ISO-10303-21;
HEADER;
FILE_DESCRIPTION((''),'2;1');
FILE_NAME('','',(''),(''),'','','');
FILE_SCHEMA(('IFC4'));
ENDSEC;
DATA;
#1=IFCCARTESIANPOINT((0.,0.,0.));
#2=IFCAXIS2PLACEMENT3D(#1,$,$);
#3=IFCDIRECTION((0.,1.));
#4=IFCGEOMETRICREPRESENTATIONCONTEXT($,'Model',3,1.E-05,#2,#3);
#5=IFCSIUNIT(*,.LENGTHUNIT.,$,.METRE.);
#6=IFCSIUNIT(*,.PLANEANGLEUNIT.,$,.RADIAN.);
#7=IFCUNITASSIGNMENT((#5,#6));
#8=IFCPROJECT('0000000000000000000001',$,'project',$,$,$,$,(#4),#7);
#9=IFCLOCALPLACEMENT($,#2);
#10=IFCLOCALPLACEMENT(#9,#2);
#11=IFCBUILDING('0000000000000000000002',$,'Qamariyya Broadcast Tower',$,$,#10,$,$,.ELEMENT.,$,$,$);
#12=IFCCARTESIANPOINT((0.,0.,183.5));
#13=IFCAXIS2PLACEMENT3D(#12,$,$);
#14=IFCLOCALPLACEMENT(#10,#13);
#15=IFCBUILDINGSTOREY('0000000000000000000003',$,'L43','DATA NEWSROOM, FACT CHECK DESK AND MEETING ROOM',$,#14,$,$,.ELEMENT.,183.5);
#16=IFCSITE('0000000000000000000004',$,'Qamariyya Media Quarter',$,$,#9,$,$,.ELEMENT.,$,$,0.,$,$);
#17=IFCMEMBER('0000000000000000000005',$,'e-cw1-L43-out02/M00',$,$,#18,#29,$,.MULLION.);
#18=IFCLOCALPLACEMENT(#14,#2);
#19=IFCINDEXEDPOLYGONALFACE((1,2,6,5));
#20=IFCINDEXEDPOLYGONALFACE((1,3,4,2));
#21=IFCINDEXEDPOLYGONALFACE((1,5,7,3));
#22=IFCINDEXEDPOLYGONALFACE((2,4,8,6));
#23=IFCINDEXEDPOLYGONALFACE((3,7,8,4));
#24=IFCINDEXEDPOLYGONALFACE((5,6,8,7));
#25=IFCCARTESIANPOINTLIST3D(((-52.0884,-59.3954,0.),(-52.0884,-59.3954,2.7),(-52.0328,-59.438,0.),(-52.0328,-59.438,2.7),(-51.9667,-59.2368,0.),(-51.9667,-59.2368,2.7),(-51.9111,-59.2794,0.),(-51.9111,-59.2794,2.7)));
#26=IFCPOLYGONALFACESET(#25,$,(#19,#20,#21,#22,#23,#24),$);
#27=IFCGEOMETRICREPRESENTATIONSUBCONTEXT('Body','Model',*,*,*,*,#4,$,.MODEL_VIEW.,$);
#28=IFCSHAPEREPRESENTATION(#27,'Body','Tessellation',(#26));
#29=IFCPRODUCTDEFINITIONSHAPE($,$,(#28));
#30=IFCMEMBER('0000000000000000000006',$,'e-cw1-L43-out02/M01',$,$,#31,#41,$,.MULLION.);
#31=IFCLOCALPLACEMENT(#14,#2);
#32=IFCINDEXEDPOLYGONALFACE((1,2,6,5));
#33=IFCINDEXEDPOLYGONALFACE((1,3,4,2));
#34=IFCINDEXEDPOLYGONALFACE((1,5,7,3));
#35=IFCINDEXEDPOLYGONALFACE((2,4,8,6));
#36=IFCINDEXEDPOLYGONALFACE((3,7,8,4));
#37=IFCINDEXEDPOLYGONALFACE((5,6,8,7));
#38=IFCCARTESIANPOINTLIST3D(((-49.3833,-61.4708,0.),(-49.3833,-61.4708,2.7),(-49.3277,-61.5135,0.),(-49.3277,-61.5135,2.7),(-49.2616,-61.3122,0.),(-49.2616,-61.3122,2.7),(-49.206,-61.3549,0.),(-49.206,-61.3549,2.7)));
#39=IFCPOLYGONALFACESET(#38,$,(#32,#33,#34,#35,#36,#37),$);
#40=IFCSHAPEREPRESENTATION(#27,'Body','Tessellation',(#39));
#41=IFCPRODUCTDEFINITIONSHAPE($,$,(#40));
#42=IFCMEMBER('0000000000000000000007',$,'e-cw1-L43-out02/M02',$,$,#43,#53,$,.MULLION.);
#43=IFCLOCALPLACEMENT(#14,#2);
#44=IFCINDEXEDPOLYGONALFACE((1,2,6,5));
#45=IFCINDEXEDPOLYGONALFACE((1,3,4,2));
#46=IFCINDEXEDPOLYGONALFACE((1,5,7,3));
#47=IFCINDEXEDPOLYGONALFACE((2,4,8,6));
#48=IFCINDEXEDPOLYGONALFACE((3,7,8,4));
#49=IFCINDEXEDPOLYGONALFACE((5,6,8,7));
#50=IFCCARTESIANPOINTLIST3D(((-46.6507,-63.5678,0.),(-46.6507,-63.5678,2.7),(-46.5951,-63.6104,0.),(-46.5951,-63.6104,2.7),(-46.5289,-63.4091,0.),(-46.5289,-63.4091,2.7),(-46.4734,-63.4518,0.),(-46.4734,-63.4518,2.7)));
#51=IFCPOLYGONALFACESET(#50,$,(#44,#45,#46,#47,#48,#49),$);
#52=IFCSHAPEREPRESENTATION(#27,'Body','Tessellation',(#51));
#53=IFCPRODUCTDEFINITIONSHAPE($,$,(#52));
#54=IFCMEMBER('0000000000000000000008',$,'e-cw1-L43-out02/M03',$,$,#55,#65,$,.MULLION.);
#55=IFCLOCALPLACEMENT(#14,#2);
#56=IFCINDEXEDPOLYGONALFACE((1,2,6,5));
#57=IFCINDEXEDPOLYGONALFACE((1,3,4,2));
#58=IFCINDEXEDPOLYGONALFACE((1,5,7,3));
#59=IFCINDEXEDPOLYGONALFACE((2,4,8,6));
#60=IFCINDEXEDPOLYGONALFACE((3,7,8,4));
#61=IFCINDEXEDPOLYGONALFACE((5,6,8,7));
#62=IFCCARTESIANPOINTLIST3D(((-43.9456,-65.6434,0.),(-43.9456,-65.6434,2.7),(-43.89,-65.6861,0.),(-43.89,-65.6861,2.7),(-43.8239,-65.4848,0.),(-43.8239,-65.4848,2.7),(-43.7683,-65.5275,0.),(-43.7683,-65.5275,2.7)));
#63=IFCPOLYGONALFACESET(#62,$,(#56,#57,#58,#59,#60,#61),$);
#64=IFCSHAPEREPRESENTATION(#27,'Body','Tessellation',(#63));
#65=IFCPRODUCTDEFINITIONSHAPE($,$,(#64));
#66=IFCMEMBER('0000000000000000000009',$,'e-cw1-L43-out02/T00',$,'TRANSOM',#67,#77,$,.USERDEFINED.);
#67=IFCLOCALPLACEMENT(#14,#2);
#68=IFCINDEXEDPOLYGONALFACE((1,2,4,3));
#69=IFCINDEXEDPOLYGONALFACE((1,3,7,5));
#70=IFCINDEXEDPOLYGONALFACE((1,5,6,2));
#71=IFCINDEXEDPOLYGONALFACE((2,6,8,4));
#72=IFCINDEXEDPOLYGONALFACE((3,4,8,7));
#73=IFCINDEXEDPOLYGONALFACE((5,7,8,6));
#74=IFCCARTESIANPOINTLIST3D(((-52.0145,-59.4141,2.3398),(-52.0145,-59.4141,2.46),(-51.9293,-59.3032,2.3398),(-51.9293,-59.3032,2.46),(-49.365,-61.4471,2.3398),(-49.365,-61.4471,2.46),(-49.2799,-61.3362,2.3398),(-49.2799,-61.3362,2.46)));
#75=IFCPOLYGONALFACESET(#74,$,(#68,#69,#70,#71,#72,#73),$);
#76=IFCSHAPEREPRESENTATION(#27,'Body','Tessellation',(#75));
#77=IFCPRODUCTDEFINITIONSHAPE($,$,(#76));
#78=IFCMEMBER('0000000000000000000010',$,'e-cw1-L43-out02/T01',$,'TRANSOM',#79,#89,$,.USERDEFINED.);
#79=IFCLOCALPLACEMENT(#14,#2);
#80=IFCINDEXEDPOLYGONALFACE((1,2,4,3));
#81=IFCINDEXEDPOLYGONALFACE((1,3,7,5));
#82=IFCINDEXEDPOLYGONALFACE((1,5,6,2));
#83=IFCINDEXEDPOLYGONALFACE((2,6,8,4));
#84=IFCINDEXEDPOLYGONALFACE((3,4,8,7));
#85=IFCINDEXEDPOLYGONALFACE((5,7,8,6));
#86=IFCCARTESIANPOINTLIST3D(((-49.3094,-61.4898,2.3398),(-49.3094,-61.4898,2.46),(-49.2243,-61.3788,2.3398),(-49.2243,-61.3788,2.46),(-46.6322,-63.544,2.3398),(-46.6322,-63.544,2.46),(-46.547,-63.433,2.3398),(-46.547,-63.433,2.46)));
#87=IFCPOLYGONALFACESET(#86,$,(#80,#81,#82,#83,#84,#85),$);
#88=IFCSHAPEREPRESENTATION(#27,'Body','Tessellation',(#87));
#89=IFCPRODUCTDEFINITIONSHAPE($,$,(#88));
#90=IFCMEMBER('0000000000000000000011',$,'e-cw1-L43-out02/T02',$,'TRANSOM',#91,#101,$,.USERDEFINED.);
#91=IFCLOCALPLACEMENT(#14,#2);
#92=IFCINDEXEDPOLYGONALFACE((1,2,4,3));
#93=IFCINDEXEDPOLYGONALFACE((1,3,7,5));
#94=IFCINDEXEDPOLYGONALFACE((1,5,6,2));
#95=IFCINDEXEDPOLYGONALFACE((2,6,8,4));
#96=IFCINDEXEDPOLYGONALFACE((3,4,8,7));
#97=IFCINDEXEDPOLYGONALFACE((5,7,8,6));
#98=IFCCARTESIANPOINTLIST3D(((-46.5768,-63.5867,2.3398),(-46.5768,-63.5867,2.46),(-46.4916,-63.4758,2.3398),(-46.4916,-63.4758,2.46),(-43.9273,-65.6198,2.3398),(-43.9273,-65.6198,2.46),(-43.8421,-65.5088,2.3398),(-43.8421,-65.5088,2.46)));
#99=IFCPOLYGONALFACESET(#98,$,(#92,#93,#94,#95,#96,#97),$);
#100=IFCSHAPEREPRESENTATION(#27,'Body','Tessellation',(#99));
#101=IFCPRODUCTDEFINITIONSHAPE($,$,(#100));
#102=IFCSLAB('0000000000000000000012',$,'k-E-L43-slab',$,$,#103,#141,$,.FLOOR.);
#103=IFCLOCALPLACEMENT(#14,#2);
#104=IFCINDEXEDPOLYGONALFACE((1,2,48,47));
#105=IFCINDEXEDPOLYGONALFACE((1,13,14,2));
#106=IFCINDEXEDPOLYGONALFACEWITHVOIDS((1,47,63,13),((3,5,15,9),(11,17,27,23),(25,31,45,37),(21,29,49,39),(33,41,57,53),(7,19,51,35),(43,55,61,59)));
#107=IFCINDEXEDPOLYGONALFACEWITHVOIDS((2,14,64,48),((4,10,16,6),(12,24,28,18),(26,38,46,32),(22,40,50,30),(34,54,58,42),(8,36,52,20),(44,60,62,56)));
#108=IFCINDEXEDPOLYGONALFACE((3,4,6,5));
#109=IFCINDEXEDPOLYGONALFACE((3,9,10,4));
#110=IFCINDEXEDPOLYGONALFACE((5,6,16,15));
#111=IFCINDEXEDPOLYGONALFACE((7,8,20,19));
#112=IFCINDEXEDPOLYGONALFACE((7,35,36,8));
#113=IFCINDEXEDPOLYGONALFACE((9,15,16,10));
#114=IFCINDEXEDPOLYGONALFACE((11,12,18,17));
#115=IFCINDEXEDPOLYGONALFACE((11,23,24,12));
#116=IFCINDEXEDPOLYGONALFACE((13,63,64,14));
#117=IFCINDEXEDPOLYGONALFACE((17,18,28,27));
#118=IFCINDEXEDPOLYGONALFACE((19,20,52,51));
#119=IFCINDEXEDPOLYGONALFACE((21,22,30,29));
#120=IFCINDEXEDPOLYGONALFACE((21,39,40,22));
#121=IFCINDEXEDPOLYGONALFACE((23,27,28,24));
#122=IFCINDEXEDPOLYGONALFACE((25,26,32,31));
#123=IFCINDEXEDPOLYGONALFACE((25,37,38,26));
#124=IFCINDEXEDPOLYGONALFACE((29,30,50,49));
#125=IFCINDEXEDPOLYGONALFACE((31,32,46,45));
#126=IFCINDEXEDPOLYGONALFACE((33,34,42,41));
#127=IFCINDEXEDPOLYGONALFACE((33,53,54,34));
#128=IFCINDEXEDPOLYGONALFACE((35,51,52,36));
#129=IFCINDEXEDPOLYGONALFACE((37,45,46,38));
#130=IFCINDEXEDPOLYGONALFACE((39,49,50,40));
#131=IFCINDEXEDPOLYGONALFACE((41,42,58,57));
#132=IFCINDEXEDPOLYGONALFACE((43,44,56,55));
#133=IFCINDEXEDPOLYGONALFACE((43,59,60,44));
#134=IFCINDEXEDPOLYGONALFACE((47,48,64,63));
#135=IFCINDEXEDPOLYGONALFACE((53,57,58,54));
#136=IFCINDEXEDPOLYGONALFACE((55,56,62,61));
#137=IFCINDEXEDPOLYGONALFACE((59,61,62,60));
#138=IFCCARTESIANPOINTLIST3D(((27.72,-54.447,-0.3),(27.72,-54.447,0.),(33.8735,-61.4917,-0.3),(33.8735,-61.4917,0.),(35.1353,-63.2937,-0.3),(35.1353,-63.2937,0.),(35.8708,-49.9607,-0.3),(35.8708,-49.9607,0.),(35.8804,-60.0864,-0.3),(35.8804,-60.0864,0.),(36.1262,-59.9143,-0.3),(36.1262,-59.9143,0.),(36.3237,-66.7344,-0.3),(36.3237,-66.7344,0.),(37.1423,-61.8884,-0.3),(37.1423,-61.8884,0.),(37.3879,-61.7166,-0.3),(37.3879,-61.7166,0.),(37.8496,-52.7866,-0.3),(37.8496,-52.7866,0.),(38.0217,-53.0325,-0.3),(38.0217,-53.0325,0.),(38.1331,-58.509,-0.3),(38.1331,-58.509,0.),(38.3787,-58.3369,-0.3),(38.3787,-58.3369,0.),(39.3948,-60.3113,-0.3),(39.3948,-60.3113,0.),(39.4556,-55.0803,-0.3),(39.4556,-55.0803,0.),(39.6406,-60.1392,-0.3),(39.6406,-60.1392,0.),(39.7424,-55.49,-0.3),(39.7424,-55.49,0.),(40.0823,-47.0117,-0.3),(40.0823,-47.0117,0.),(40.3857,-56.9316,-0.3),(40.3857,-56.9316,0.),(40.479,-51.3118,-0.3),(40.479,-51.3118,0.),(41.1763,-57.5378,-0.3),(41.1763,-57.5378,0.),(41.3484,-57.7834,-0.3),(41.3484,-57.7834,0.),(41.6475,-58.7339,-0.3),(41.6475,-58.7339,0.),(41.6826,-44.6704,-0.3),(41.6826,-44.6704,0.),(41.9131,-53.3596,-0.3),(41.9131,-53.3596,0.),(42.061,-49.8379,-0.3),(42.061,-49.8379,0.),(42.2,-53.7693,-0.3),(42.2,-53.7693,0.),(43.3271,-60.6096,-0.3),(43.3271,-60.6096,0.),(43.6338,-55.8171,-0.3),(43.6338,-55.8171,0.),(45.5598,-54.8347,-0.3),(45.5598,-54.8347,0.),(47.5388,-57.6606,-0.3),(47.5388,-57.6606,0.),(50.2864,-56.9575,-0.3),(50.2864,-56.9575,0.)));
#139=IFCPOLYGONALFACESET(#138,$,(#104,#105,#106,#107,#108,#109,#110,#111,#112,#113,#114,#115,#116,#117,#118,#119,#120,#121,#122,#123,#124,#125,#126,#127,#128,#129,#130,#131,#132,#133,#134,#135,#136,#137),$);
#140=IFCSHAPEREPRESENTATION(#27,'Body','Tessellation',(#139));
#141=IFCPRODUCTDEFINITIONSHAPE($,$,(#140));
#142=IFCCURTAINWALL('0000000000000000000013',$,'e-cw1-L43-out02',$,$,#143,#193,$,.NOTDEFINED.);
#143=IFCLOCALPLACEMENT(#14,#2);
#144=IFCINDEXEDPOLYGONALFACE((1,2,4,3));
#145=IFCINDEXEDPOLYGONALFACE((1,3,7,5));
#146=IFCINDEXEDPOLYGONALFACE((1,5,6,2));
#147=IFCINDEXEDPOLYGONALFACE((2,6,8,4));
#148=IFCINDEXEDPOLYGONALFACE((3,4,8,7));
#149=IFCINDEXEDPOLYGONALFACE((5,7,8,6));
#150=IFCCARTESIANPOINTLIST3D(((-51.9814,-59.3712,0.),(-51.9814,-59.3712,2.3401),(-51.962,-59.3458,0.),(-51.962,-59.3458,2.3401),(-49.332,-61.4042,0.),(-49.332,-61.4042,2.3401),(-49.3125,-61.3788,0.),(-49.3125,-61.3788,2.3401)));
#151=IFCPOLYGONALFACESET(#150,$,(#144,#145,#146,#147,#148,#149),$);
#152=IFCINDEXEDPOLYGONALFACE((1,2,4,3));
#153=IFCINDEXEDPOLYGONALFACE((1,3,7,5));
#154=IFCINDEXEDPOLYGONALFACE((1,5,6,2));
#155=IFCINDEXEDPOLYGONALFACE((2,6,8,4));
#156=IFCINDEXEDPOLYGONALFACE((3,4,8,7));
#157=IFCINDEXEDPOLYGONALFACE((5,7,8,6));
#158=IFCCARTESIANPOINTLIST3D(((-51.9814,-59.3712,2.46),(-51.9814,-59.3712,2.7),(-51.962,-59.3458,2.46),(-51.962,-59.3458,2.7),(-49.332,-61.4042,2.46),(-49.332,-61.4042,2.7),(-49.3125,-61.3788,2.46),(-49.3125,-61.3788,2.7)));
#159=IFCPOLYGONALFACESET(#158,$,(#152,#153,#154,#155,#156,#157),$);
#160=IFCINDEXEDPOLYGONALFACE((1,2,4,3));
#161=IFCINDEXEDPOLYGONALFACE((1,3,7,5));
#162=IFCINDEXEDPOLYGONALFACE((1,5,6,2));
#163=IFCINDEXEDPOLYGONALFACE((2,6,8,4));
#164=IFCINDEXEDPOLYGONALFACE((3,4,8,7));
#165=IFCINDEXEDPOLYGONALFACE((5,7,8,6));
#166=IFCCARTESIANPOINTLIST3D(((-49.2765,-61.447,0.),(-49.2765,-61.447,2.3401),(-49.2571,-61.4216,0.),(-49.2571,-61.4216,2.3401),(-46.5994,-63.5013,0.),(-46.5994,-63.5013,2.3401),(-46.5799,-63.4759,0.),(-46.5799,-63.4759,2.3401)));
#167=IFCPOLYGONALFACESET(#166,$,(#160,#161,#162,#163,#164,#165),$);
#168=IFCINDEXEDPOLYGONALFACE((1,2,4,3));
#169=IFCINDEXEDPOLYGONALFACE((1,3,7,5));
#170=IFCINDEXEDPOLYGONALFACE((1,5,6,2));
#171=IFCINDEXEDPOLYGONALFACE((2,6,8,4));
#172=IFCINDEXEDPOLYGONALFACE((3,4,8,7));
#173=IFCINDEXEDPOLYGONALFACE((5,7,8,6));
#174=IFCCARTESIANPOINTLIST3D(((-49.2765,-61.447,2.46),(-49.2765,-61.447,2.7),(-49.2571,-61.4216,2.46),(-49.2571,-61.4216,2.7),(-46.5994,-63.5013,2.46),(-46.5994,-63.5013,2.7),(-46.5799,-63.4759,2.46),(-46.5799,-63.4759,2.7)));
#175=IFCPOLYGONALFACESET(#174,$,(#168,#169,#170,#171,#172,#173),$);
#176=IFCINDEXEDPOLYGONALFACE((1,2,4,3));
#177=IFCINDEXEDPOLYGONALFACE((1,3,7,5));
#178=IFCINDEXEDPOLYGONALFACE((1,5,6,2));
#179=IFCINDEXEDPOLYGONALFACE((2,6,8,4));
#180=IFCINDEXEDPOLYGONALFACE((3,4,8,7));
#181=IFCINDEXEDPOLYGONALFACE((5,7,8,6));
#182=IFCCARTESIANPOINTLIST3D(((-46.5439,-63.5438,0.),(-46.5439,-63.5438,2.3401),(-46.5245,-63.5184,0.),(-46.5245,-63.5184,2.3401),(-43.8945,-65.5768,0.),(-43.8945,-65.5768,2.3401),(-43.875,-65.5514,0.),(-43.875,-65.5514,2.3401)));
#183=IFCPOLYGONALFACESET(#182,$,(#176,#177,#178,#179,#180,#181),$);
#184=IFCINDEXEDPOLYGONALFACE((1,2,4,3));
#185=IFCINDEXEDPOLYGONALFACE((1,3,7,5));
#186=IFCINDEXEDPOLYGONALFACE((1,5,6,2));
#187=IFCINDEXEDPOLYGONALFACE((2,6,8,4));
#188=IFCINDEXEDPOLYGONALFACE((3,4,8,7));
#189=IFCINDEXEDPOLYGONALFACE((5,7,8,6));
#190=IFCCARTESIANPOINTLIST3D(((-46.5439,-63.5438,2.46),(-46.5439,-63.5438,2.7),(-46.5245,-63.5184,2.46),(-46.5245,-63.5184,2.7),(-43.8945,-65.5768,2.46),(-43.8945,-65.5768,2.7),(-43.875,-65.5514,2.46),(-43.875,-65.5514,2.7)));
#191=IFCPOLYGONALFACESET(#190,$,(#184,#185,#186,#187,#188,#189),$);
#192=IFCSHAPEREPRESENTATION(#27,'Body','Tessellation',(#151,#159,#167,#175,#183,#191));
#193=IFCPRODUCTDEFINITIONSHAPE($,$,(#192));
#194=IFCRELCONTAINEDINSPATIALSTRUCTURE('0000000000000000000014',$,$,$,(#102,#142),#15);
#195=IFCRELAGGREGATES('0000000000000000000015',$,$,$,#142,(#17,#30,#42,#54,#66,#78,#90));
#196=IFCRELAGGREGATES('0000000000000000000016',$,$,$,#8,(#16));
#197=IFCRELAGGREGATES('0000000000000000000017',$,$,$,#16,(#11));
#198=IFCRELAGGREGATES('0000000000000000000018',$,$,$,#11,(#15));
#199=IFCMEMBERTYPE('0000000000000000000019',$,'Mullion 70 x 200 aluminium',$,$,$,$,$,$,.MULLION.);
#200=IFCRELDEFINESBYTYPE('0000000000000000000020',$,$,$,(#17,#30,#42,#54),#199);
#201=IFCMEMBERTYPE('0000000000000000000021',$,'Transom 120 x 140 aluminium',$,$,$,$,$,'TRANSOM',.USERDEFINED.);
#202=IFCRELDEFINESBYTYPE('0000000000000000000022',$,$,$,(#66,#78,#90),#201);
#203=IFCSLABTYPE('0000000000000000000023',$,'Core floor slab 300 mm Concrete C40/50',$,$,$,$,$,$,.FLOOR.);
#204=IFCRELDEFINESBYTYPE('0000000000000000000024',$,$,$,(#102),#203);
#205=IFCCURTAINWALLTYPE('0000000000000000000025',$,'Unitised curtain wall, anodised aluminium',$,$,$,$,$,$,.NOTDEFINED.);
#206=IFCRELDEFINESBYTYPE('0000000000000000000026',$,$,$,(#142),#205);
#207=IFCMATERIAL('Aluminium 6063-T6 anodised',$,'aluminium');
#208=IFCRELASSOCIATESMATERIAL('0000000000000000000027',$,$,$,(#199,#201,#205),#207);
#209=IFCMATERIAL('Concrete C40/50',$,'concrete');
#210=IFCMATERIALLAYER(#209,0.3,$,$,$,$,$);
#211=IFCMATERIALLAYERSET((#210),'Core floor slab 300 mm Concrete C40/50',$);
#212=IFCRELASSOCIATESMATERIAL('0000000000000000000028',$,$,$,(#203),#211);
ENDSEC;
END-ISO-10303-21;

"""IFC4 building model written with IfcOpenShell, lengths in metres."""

from ifc_helpers import new_model, si_unit, direction, frame, origin, origin_2d, place, context, subcontext, project, spatial, polyline, rectangle, outline, extrude, material, layer, layer_set, material_profile, profile_set, type_object, element, aggregate, save


model = new_model("IFC4")

# Units and contexts
model_context = context("Model", 3, precision=1e-05, world=origin(), true_north=direction((0.0, 1.0)))
body_context = subcontext(model_context, "Body", "Model", "MODEL_VIEW")
ifc_project = project(units=[si_unit("LENGTHUNIT", "METRE"), si_unit("PLANEANGLEUNIT", "RADIAN")], contexts=[model_context])

# Members
ifc_material_1 = material(Name="Aluminium 6063-T6 anodised", Category="aluminium")
ifc_material_profile_1 = material_profile(ifc_material_1, rectangle(XDim=0.2, YDim=0.0701, at=origin_2d()))
ifc_profile_set_1 = profile_set([ifc_material_profile_1], Name="Aluminium 6063-T6 anodised")
member_type_1 = type_object("IfcMemberType", Name="Mullion 70 x 200 aluminium", PredefinedType="MULLION", material=ifc_profile_set_1)
site_placement = place(None, origin())
building_placement = place(site_placement, origin())
storey_placement = place(building_placement, frame((0.0, 0.0, 183.5)))
member_1_placement = place(storey_placement, frame((-51.9998, -59.3374, 0.0), z_axis=(0.0, 0.0, 1.0), x_axis=(0.608761, 0.793353, 0.0)))
member_1 = element("IfcMember", 1, at=member_1_placement, type_object=member_type_1, Name="e-cw1-L43-out02/M00", PredefinedType="MULLION", context=body_context, shape_type="SweptSolid", body=[
    extrude(rectangle(XDim=0.2, YDim=0.0701, at=origin_2d()), origin(), (0.0, 0.0, 1.0), 2.7),
])
member_2_placement = place(storey_placement, frame((-49.2947, -61.4128, 0.0), z_axis=(0.0, 0.0, 1.0), x_axis=(0.608761, 0.793353, 0.0)))
member_2 = element("IfcMember", 2, at=member_2_placement, type_object=member_type_1, Name="e-cw1-L43-out02/M01", PredefinedType="MULLION", context=body_context, shape_type="SweptSolid", body=[
    extrude(rectangle(XDim=0.2, YDim=0.0701, at=origin_2d()), origin(), (0.0, 0.0, 1.0), 2.7),
])
member_3_placement = place(storey_placement, frame((-46.562, -63.5098, 0.0), z_axis=(0.0, 0.0, 1.0), x_axis=(0.608761, 0.793353, 0.0)))
member_3 = element("IfcMember", 3, at=member_3_placement, type_object=member_type_1, Name="e-cw1-L43-out02/M02", PredefinedType="MULLION", context=body_context, shape_type="SweptSolid", body=[
    extrude(rectangle(XDim=0.2, YDim=0.0701, at=origin_2d()), origin(), (0.0, 0.0, 1.0), 2.7),
])
member_4_placement = place(storey_placement, frame((-43.8569, -65.5854, 0.0), z_axis=(0.0, 0.0, 1.0), x_axis=(0.608761, 0.793353, 0.0)))
member_4 = element("IfcMember", 4, at=member_4_placement, type_object=member_type_1, Name="e-cw1-L43-out02/M03", PredefinedType="MULLION", context=body_context, shape_type="SweptSolid", body=[
    extrude(rectangle(XDim=0.2, YDim=0.0701, at=origin_2d()), origin(), (0.0, 0.0, 1.0), 2.7),
])
ifc_material_profile_2 = material_profile(ifc_material_1, rectangle(XDim=0.1399, YDim=0.1201, at=origin_2d()))
ifc_profile_set_2 = profile_set([ifc_material_profile_2], Name="Aluminium 6063-T6 anodised")
member_type_2 = type_object("IfcMemberType", Name="Transom 120 x 140 aluminium", ElementType="TRANSOM", PredefinedType="USERDEFINED", material=ifc_profile_set_2)
member_5_placement = place(storey_placement, frame((-51.9719, -59.3586, 2.3999), z_axis=(0.793354, -0.60876, 0.0), x_axis=(0.60876, 0.793354, 0.0)))
member_5 = element("IfcMember", 5, at=member_5_placement, type_object=member_type_2, Name="e-cw1-L43-out02/T00", ObjectType="TRANSOM", PredefinedType="USERDEFINED", context=body_context, shape_type="SweptSolid", body=[
    extrude(rectangle(XDim=0.1399, YDim=0.1201, at=origin_2d()), origin(), (0.0, 0.0, 1.0), 3.3396),
])
member_6_placement = place(storey_placement, frame((-49.2668, -61.4343, 2.3999), z_axis=(0.793371, -0.608738, 0.0), x_axis=(0.608738, 0.793371, 0.0)))
member_6 = element("IfcMember", 6, at=member_6_placement, type_object=member_type_2, Name="e-cw1-L43-out02/T01", ObjectType="TRANSOM", PredefinedType="USERDEFINED", context=body_context, shape_type="SweptSolid", body=[
    extrude(rectangle(XDim=0.1399, YDim=0.1201, at=origin_2d()), origin(), (0.0, 0.0, 1.0), 3.3745),
])
member_7_placement = place(storey_placement, frame((-46.5342, -63.5312, 2.3999), z_axis=(0.793354, -0.60876, 0.0), x_axis=(0.60876, 0.793354, 0.0)))
member_7 = element("IfcMember", 7, at=member_7_placement, type_object=member_type_2, Name="e-cw1-L43-out02/T02", ObjectType="TRANSOM", PredefinedType="USERDEFINED", context=body_context, shape_type="SweptSolid", body=[
    extrude(rectangle(XDim=0.1399, YDim=0.1201, at=origin_2d()), origin(), (0.0, 0.0, 1.0), 3.3396),
])

# Site, building, storey
site = spatial("IfcSite", under=ifc_project, at=site_placement, Name="Qamariyya Media Quarter", CompositionType="ELEMENT", RefElevation=0.0)
building = spatial("IfcBuilding", under=site, at=building_placement, Name="Qamariyya Broadcast Tower", CompositionType="ELEMENT")
storey = spatial("IfcBuildingStorey", under=building, at=storey_placement, Name="L43", Description="DATA NEWSROOM, FACT CHECK DESK AND MEETING ROOM", CompositionType="ELEMENT", Elevation=183.5)

# Slab
ifc_material_2 = material(Name="Concrete C40/50", Category="concrete")
ifc_layer = layer(ifc_material_2, 0.3)
ifc_layer_set = layer_set([ifc_layer], Name="Core floor slab 300 mm Concrete C40/50")
slab_type = type_object("IfcSlabType", Name="Core floor slab 300 mm Concrete C40/50", PredefinedType="FLOOR", material=ifc_layer_set)
slab_placement = place(storey_placement, frame((0.0, 0.0, -0.3)))
element("IfcSlab", 8, at=slab_placement, inside=storey, type_object=slab_type, Name="k-E-L43-slab", PredefinedType="FLOOR", context=body_context, shape_type="SweptSolid", body=[
    extrude(outline(polyline([(36.3237, -66.7344), (50.2864, -56.9575), (41.6826, -44.6704), (27.72, -54.447), (36.3237, -66.7344)]), holes=[polyline([(33.8735, -61.4917), (35.8804, -60.0864), (37.1423, -61.8884), (35.1353, -63.2937), (33.8735, -61.4917)]), polyline([(36.1262, -59.9143), (38.1331, -58.509), (39.3948, -60.3113), (37.3879, -61.7166), (36.1262, -59.9143)]), polyline([(38.3787, -58.3369), (40.3857, -56.9316), (41.6475, -58.7339), (39.6406, -60.1392), (38.3787, -58.3369)]), polyline([(39.7424, -55.49), (42.2, -53.7693), (43.6338, -55.8171), (41.1763, -57.5378), (39.7424, -55.49)]), polyline([(39.4556, -55.0803), (41.9131, -53.3596), (40.479, -51.3118), (38.0217, -53.0325), (39.4556, -55.0803)]), polyline([(40.0823, -47.0117), (35.8708, -49.9607), (37.8496, -52.7866), (42.061, -49.8379), (40.0823, -47.0117)]), polyline([(45.5598, -54.8347), (41.3484, -57.7834), (43.3271, -60.6096), (47.5388, -57.6606), (45.5598, -54.8347)])]), origin(), (0.0, 0.0, 1.0), 0.3),
])

# Curtain wall
curtain_wall_type = type_object("IfcCurtainWallType", Name="Unitised curtain wall, anodised aluminium", PredefinedType="NOTDEFINED", material=ifc_material_1)
curtain_wall_1_placement = place(storey_placement, origin())
curtain_wall_1 = element("IfcCurtainWall", 9, at=curtain_wall_1_placement, inside=storey, type_object=curtain_wall_type, Name="e-cw1-L43-out02", PredefinedType="NOTDEFINED", context=body_context, shape_type="SweptSolid", body=[
    extrude(rectangle(XDim=3.3396, YDim=0.032, at=origin_2d()), frame((-50.647, -60.375, 0.0), x_axis=(0.793352, -0.608764, 0.0)), (0.0, 0.0, 1.0), 2.3401),
    extrude(rectangle(XDim=3.3396, YDim=0.032, at=origin_2d()), frame((-50.647, -60.375, 2.46), x_axis=(0.793352, -0.608764, 0.0)), (0.0, 0.0, 1.0), 0.24),
    extrude(rectangle(XDim=3.3745, YDim=0.032, at=origin_2d()), frame((-47.9282, -62.4614, 0.0), x_axis=(0.793352, -0.608764, 0.0)), (0.0, 0.0, 1.0), 2.3401),
    extrude(rectangle(XDim=3.3745, YDim=0.032, at=origin_2d()), frame((-47.9282, -62.4614, 2.46), x_axis=(0.793352, -0.608764, 0.0)), (0.0, 0.0, 1.0), 0.24),
    extrude(rectangle(XDim=3.3396, YDim=0.032, at=origin_2d()), frame((-45.2095, -64.5476, 0.0), x_axis=(0.793352, -0.608764, 0.0)), (0.0, 0.0, 1.0), 2.3401),
    extrude(rectangle(XDim=3.3396, YDim=0.032, at=origin_2d()), frame((-45.2095, -64.5476, 2.46), x_axis=(0.793352, -0.608764, 0.0)), (0.0, 0.0, 1.0), 0.24),
])
aggregate(curtain_wall_1, [member_1, member_2, member_3, member_4, member_5, member_6, member_7])

save(model, "model.ifc")
